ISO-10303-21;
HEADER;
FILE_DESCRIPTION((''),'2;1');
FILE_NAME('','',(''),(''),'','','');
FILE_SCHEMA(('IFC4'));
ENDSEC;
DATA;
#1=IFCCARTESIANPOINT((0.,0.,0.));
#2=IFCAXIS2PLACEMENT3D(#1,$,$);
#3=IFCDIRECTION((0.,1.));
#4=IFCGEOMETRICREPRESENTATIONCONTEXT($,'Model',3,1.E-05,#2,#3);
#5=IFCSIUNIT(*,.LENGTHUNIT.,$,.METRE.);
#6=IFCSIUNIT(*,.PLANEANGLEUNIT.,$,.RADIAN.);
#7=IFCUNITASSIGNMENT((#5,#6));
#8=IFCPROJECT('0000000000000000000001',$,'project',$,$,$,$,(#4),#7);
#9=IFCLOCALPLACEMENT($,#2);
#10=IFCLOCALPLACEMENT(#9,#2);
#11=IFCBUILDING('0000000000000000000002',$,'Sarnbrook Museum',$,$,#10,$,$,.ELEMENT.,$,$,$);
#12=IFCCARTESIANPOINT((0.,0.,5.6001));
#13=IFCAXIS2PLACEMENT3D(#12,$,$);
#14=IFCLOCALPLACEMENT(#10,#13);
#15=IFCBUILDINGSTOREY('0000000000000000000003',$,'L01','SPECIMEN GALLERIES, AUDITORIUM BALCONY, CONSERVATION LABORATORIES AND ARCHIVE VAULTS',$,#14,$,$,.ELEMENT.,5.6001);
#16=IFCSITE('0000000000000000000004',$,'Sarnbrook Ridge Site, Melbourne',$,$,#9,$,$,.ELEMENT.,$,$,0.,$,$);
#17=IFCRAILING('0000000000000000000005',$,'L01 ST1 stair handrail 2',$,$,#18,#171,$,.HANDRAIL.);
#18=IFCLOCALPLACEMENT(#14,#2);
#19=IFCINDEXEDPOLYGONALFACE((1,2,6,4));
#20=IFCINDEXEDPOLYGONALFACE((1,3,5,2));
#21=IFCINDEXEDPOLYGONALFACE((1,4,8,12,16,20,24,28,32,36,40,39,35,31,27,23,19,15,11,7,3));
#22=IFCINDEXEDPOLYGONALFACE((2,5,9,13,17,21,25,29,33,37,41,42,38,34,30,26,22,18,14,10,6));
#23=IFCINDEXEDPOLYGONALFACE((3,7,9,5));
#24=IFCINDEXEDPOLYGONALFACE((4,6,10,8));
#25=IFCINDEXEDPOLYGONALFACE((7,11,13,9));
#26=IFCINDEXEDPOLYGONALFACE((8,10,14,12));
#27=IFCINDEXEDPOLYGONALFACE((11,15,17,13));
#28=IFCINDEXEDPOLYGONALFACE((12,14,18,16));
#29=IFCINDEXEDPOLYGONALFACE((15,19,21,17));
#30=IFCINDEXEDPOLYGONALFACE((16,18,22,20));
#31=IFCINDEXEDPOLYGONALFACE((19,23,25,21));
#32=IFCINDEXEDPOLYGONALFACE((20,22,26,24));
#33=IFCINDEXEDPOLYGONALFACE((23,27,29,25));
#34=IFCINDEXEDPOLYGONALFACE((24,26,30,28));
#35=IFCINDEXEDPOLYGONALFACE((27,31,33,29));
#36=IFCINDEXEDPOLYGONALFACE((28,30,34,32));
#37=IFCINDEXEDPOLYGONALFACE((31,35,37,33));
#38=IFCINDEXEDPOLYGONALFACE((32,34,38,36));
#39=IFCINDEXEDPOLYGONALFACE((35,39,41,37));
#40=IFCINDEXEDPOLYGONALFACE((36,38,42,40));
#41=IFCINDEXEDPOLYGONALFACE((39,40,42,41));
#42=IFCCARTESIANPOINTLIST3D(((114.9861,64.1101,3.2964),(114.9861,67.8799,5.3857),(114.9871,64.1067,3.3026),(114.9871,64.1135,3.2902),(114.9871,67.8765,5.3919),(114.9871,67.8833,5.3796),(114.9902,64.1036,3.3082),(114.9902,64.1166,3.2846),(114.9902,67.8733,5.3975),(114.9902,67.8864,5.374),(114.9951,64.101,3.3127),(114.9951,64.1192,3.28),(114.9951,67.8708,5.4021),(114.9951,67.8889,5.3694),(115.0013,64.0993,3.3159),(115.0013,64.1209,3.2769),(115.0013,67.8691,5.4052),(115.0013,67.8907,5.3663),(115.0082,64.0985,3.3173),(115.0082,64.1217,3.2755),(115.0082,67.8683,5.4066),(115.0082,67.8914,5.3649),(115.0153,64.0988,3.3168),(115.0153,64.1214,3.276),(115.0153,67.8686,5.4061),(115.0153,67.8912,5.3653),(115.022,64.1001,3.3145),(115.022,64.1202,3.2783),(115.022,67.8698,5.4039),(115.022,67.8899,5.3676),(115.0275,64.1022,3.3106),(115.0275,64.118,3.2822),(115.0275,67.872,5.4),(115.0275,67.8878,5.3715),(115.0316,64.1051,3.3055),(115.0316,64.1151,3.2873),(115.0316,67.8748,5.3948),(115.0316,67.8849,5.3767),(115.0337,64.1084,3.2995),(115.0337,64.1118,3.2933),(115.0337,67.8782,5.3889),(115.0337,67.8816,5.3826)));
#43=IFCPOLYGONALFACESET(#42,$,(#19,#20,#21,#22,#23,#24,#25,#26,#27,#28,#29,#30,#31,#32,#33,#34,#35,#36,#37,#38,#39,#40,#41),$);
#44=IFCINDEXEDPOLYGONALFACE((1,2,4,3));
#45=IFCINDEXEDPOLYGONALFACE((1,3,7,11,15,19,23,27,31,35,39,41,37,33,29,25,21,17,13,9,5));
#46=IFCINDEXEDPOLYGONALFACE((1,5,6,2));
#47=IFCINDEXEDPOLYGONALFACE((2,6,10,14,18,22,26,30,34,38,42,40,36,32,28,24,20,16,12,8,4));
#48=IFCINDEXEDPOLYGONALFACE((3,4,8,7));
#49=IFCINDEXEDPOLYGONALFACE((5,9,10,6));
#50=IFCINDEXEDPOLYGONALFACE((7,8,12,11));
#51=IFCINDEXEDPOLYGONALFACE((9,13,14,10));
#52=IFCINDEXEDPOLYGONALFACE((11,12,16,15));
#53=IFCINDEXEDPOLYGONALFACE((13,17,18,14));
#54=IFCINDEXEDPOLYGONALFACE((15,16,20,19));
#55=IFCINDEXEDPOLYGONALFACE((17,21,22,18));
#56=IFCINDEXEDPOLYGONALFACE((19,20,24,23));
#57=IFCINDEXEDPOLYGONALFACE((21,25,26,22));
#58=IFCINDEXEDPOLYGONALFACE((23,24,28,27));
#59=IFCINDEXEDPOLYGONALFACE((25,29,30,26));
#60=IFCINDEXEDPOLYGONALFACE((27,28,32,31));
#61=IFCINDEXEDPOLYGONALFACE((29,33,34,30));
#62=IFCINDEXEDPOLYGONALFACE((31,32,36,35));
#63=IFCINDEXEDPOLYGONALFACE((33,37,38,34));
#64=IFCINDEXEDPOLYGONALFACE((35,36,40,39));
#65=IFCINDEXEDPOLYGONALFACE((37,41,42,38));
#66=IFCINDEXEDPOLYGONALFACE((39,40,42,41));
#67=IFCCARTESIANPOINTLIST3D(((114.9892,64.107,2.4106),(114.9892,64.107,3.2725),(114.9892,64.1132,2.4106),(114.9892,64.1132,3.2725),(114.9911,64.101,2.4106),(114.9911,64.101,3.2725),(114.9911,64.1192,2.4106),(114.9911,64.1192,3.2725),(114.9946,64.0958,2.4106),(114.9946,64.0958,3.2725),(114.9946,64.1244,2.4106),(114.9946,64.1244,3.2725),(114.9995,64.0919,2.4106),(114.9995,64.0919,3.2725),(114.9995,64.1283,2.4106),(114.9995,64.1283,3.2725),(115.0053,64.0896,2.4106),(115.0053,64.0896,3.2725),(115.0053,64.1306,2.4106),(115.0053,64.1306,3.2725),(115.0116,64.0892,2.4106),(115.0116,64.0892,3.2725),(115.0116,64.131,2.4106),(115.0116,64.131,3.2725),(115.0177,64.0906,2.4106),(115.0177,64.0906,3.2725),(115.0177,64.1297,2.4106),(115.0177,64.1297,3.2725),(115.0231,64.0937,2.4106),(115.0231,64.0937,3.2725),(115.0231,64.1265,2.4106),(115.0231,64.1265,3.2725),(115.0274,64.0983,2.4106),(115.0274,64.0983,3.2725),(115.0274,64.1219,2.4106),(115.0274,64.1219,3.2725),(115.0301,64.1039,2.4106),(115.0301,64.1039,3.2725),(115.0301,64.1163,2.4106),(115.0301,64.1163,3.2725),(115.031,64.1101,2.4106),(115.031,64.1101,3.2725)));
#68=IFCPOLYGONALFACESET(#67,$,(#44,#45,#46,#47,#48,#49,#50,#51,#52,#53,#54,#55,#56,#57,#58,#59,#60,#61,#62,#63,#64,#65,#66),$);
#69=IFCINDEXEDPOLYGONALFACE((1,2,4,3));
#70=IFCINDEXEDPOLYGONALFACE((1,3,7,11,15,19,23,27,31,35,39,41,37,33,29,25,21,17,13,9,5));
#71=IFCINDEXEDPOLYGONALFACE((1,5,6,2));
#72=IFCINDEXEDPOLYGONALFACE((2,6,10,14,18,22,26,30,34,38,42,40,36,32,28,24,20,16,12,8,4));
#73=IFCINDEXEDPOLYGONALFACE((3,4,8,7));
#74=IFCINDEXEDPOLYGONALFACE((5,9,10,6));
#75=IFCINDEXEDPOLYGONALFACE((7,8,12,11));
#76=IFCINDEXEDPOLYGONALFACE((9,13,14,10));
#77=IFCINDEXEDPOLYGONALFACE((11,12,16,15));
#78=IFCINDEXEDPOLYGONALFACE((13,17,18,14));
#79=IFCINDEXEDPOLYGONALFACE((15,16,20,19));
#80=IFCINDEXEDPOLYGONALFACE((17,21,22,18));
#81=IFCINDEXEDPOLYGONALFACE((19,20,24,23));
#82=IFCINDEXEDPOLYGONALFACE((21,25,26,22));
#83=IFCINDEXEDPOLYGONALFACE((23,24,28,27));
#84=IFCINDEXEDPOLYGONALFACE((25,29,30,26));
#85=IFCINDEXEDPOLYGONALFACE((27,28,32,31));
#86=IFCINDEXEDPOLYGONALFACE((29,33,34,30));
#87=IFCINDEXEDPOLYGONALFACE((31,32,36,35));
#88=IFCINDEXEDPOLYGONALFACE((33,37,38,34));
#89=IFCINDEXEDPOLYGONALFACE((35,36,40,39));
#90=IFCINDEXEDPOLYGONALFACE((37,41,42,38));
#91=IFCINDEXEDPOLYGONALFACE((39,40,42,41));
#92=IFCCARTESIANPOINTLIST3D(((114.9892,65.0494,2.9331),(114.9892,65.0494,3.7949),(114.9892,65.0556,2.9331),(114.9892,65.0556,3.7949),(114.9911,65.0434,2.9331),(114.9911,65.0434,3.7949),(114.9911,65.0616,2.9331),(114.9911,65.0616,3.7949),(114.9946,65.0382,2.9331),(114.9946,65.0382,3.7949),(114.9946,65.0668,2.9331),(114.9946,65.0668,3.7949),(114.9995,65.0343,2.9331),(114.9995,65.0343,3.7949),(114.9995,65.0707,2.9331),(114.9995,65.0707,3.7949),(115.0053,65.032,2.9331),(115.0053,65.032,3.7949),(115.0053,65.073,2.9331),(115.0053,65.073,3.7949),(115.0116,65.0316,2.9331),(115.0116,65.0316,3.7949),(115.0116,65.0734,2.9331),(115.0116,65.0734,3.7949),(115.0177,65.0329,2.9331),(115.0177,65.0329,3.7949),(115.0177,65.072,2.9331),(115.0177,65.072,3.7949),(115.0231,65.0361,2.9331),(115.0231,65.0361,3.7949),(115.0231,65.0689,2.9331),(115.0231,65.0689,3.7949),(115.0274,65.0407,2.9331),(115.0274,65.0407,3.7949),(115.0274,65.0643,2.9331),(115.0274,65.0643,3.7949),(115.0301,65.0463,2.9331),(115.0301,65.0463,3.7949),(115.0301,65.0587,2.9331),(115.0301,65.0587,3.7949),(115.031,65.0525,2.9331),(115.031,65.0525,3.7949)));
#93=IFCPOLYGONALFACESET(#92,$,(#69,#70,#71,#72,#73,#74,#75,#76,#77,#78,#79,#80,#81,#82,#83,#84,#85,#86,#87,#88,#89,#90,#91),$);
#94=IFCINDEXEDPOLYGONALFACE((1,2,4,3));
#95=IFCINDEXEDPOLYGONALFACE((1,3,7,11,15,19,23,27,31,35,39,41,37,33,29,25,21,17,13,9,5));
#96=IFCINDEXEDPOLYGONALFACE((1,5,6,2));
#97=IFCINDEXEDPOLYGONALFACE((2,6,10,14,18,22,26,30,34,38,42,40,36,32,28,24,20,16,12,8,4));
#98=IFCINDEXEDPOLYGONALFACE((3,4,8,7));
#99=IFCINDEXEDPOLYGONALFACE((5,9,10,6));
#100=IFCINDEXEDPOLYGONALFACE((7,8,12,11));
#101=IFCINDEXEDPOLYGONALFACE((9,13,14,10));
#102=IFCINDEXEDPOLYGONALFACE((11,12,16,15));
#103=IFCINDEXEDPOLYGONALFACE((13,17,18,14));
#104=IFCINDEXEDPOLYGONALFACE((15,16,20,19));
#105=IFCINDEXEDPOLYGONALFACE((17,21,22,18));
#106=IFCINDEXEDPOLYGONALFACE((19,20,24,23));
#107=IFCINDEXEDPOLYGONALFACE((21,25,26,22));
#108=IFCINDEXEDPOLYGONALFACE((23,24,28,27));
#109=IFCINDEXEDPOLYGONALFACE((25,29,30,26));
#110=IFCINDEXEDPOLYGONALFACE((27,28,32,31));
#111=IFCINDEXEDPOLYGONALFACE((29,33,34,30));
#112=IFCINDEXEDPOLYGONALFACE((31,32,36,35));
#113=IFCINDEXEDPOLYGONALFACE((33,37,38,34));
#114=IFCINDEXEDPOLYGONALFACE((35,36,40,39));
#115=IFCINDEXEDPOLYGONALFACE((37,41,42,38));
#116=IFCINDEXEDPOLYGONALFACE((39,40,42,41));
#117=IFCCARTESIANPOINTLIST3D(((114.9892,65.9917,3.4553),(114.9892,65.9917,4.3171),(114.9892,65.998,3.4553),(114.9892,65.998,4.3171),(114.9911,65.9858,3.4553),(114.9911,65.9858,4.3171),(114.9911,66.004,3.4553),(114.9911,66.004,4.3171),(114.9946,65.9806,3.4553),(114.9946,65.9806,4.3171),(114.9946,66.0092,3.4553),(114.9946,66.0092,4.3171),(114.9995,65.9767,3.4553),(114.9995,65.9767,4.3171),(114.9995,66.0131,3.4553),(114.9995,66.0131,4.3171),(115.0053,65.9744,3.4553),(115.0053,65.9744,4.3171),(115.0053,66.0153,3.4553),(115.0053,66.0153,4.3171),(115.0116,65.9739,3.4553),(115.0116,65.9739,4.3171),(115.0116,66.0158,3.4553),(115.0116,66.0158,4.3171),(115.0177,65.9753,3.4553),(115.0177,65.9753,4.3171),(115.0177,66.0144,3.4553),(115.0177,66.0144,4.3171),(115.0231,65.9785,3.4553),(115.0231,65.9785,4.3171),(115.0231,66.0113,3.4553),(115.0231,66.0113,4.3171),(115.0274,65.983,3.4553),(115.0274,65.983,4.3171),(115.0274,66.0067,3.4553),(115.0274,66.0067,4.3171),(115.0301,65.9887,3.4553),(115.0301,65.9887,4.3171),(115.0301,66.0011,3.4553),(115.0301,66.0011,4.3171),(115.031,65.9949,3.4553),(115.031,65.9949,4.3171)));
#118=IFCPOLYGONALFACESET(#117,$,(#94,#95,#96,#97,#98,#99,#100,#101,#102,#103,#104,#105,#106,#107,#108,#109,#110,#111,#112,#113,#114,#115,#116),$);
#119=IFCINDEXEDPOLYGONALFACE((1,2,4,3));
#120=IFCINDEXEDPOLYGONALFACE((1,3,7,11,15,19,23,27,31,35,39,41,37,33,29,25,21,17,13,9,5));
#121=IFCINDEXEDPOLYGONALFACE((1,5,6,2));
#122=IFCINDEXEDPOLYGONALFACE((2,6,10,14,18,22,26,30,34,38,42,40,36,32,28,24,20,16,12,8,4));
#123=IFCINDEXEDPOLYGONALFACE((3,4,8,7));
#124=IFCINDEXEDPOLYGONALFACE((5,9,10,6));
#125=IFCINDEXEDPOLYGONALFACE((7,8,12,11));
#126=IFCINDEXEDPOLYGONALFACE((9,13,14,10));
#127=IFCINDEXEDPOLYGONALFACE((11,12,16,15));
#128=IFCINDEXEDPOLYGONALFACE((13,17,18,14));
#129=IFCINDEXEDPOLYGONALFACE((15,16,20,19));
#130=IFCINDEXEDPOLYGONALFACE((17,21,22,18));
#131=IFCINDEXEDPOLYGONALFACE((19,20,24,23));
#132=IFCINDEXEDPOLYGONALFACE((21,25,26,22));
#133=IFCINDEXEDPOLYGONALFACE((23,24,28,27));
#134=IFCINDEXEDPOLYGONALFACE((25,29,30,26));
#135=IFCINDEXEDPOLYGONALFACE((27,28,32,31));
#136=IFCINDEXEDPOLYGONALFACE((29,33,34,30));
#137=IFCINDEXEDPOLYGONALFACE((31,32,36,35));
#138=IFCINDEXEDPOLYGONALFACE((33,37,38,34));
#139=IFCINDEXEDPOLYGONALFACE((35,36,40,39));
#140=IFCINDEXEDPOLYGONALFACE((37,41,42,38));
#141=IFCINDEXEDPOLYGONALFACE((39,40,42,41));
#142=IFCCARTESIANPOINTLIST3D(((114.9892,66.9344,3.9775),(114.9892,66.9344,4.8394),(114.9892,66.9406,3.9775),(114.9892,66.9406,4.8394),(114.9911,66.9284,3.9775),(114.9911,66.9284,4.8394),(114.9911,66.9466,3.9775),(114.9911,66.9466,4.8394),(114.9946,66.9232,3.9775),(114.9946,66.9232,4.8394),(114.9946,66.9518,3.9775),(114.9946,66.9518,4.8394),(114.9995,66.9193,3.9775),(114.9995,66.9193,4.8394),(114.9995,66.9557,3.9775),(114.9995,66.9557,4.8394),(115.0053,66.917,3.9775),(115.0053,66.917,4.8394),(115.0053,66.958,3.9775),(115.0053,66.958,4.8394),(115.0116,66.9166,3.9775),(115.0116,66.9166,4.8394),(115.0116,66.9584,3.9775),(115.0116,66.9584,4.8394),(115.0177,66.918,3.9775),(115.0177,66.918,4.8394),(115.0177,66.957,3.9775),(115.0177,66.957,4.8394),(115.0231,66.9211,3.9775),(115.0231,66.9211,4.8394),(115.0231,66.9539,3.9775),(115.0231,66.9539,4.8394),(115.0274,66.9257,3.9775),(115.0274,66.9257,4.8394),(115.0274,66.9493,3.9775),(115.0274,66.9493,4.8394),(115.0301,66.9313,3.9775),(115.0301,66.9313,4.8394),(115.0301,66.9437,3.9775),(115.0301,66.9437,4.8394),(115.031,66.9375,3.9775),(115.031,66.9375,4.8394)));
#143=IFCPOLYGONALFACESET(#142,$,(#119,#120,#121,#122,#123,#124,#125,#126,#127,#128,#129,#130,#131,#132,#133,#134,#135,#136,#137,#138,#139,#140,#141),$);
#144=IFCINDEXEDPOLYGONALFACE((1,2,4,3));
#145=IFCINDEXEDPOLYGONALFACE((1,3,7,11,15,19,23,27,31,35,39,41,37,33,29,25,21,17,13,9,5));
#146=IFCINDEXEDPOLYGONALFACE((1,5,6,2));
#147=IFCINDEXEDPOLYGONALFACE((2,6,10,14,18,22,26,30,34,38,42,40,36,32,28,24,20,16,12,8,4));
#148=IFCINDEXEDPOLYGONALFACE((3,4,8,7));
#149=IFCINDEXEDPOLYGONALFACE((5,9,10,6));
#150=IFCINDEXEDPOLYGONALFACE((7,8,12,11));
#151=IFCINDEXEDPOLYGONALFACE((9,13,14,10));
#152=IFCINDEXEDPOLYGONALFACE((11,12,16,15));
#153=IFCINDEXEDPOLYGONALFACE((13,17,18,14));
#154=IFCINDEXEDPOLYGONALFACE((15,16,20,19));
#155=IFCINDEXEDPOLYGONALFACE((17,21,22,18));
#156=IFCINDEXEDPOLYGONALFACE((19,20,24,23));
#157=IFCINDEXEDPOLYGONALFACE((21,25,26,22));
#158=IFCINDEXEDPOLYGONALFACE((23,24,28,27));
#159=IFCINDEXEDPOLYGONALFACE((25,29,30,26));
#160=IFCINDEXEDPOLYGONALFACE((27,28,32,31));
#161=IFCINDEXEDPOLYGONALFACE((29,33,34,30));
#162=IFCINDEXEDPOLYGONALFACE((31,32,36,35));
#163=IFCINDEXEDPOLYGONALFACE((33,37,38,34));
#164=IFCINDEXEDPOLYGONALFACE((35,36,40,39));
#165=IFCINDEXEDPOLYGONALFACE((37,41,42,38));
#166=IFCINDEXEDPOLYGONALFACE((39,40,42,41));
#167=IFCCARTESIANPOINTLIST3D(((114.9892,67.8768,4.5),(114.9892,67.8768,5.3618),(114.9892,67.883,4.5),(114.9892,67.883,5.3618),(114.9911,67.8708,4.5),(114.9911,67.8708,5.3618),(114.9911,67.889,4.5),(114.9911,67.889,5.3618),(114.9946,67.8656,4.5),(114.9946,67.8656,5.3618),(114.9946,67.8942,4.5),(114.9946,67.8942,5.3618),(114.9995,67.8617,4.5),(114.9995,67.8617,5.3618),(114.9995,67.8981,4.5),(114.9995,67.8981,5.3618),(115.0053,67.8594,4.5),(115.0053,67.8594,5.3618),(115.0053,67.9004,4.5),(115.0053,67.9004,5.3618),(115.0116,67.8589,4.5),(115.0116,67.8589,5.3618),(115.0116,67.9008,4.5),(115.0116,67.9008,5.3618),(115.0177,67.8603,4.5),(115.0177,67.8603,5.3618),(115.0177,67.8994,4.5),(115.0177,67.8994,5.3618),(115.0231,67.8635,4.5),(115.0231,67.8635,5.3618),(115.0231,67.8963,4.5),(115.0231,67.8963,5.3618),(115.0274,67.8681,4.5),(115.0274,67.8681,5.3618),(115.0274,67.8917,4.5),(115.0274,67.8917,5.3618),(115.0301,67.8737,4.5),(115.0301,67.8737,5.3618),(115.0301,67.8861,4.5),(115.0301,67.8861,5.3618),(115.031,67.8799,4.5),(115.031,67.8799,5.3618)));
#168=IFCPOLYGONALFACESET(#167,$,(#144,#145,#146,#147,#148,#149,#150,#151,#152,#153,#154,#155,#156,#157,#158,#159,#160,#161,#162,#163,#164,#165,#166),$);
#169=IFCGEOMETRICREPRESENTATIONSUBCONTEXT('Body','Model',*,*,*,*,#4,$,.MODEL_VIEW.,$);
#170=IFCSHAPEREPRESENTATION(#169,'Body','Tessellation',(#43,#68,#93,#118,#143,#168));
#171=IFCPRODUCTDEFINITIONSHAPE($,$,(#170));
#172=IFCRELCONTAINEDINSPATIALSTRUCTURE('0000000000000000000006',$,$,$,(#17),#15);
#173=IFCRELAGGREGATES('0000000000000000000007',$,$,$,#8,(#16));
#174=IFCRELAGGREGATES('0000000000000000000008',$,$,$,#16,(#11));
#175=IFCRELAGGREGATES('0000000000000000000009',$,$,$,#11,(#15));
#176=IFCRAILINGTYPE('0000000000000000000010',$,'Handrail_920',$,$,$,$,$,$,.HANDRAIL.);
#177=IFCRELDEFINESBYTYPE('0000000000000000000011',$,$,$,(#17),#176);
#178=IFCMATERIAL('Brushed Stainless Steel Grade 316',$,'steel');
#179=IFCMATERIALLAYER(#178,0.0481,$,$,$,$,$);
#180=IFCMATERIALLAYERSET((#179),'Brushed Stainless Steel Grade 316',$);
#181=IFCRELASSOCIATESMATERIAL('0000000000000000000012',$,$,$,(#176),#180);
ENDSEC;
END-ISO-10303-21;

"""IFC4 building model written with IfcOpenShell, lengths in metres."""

from ifc_helpers import new_model, si_unit, direction, frame, origin, origin_2d, place, context, subcontext, project, spatial, circle, extrude, material, layer, layer_set, type_object, element, save


model = new_model("IFC4")

# Units and contexts
model_context = context("Model", 3, precision=1e-05, world=origin(), true_north=direction((0.0, 1.0)))
body_context = subcontext(model_context, "Body", "Model", "MODEL_VIEW")
ifc_project = project(units=[si_unit("LENGTHUNIT", "METRE"), si_unit("PLANEANGLEUNIT", "RADIAN")], contexts=[model_context])

# Site, building, storey
site_placement = place(None, origin())
site = spatial("IfcSite", under=ifc_project, at=site_placement, Name="Sarnbrook Ridge Site, Melbourne", CompositionType="ELEMENT", RefElevation=0.0)
building_placement = place(site_placement, origin())
building = spatial("IfcBuilding", under=site, at=building_placement, Name="Sarnbrook Museum", CompositionType="ELEMENT")
storey_placement = place(building_placement, frame((0.0, 0.0, 5.6001)))
storey = spatial("IfcBuildingStorey", under=building, at=storey_placement, Name="L01", Description="SPECIMEN GALLERIES, AUDITORIUM BALCONY, CONSERVATION LABORATORIES AND ARCHIVE VAULTS", CompositionType="ELEMENT", Elevation=5.6001)

# Shared definitions
ifc_material_1 = material(Name="Brushed Stainless Steel Grade 316", Category="steel")

# Railing
ifc_layer_1 = layer(ifc_material_1, 0.0481)
ifc_layer_set_1 = layer_set([ifc_layer_1], Name="Brushed Stainless Steel Grade 316")
railing_type_1 = type_object("IfcRailingType", Name="Handrail_920", PredefinedType="HANDRAIL", material=ifc_layer_set_1)
railing_1_placement = place(storey_placement, frame((115.01, 64.1101, 2.4106)))
element("IfcRailing", 1, at=railing_1_placement, inside=storey, type_object=railing_type_1, Name="L01 ST1 stair handrail 2", PredefinedType="HANDRAIL", context=body_context, shape_type="SweptSolid", body=[
    extrude(circle(Radius=0.0239, at=origin_2d()), frame((0.0, 0.0, 0.8857), z_axis=(0.0, 0.874646, 0.484763), x_axis=(-1.0, 0.0, 0.0)), (0.0, 0.0, 1.0), 4.3101),
    extrude(circle(Radius=0.021, at=origin_2d()), origin(), (0.0, 0.0, 1.0), 0.8618),
    extrude(circle(Radius=0.021, at=origin_2d()), frame((0.0, 0.9424, 0.5225)), (0.0, 0.0, 1.0), 0.8618),
    extrude(circle(Radius=0.021, at=origin_2d()), frame((0.0, 1.8848, 1.0447)), (0.0, 0.0, 1.0), 0.8618),
    extrude(circle(Radius=0.021, at=origin_2d()), frame((0.0, 2.8274, 1.5669)), (0.0, 0.0, 1.0), 0.8618),
    extrude(circle(Radius=0.021, at=origin_2d()), frame((0.0, 3.7698, 2.0894)), (0.0, 0.0, 1.0), 0.8618),
])

save(model, "model.ifc")
